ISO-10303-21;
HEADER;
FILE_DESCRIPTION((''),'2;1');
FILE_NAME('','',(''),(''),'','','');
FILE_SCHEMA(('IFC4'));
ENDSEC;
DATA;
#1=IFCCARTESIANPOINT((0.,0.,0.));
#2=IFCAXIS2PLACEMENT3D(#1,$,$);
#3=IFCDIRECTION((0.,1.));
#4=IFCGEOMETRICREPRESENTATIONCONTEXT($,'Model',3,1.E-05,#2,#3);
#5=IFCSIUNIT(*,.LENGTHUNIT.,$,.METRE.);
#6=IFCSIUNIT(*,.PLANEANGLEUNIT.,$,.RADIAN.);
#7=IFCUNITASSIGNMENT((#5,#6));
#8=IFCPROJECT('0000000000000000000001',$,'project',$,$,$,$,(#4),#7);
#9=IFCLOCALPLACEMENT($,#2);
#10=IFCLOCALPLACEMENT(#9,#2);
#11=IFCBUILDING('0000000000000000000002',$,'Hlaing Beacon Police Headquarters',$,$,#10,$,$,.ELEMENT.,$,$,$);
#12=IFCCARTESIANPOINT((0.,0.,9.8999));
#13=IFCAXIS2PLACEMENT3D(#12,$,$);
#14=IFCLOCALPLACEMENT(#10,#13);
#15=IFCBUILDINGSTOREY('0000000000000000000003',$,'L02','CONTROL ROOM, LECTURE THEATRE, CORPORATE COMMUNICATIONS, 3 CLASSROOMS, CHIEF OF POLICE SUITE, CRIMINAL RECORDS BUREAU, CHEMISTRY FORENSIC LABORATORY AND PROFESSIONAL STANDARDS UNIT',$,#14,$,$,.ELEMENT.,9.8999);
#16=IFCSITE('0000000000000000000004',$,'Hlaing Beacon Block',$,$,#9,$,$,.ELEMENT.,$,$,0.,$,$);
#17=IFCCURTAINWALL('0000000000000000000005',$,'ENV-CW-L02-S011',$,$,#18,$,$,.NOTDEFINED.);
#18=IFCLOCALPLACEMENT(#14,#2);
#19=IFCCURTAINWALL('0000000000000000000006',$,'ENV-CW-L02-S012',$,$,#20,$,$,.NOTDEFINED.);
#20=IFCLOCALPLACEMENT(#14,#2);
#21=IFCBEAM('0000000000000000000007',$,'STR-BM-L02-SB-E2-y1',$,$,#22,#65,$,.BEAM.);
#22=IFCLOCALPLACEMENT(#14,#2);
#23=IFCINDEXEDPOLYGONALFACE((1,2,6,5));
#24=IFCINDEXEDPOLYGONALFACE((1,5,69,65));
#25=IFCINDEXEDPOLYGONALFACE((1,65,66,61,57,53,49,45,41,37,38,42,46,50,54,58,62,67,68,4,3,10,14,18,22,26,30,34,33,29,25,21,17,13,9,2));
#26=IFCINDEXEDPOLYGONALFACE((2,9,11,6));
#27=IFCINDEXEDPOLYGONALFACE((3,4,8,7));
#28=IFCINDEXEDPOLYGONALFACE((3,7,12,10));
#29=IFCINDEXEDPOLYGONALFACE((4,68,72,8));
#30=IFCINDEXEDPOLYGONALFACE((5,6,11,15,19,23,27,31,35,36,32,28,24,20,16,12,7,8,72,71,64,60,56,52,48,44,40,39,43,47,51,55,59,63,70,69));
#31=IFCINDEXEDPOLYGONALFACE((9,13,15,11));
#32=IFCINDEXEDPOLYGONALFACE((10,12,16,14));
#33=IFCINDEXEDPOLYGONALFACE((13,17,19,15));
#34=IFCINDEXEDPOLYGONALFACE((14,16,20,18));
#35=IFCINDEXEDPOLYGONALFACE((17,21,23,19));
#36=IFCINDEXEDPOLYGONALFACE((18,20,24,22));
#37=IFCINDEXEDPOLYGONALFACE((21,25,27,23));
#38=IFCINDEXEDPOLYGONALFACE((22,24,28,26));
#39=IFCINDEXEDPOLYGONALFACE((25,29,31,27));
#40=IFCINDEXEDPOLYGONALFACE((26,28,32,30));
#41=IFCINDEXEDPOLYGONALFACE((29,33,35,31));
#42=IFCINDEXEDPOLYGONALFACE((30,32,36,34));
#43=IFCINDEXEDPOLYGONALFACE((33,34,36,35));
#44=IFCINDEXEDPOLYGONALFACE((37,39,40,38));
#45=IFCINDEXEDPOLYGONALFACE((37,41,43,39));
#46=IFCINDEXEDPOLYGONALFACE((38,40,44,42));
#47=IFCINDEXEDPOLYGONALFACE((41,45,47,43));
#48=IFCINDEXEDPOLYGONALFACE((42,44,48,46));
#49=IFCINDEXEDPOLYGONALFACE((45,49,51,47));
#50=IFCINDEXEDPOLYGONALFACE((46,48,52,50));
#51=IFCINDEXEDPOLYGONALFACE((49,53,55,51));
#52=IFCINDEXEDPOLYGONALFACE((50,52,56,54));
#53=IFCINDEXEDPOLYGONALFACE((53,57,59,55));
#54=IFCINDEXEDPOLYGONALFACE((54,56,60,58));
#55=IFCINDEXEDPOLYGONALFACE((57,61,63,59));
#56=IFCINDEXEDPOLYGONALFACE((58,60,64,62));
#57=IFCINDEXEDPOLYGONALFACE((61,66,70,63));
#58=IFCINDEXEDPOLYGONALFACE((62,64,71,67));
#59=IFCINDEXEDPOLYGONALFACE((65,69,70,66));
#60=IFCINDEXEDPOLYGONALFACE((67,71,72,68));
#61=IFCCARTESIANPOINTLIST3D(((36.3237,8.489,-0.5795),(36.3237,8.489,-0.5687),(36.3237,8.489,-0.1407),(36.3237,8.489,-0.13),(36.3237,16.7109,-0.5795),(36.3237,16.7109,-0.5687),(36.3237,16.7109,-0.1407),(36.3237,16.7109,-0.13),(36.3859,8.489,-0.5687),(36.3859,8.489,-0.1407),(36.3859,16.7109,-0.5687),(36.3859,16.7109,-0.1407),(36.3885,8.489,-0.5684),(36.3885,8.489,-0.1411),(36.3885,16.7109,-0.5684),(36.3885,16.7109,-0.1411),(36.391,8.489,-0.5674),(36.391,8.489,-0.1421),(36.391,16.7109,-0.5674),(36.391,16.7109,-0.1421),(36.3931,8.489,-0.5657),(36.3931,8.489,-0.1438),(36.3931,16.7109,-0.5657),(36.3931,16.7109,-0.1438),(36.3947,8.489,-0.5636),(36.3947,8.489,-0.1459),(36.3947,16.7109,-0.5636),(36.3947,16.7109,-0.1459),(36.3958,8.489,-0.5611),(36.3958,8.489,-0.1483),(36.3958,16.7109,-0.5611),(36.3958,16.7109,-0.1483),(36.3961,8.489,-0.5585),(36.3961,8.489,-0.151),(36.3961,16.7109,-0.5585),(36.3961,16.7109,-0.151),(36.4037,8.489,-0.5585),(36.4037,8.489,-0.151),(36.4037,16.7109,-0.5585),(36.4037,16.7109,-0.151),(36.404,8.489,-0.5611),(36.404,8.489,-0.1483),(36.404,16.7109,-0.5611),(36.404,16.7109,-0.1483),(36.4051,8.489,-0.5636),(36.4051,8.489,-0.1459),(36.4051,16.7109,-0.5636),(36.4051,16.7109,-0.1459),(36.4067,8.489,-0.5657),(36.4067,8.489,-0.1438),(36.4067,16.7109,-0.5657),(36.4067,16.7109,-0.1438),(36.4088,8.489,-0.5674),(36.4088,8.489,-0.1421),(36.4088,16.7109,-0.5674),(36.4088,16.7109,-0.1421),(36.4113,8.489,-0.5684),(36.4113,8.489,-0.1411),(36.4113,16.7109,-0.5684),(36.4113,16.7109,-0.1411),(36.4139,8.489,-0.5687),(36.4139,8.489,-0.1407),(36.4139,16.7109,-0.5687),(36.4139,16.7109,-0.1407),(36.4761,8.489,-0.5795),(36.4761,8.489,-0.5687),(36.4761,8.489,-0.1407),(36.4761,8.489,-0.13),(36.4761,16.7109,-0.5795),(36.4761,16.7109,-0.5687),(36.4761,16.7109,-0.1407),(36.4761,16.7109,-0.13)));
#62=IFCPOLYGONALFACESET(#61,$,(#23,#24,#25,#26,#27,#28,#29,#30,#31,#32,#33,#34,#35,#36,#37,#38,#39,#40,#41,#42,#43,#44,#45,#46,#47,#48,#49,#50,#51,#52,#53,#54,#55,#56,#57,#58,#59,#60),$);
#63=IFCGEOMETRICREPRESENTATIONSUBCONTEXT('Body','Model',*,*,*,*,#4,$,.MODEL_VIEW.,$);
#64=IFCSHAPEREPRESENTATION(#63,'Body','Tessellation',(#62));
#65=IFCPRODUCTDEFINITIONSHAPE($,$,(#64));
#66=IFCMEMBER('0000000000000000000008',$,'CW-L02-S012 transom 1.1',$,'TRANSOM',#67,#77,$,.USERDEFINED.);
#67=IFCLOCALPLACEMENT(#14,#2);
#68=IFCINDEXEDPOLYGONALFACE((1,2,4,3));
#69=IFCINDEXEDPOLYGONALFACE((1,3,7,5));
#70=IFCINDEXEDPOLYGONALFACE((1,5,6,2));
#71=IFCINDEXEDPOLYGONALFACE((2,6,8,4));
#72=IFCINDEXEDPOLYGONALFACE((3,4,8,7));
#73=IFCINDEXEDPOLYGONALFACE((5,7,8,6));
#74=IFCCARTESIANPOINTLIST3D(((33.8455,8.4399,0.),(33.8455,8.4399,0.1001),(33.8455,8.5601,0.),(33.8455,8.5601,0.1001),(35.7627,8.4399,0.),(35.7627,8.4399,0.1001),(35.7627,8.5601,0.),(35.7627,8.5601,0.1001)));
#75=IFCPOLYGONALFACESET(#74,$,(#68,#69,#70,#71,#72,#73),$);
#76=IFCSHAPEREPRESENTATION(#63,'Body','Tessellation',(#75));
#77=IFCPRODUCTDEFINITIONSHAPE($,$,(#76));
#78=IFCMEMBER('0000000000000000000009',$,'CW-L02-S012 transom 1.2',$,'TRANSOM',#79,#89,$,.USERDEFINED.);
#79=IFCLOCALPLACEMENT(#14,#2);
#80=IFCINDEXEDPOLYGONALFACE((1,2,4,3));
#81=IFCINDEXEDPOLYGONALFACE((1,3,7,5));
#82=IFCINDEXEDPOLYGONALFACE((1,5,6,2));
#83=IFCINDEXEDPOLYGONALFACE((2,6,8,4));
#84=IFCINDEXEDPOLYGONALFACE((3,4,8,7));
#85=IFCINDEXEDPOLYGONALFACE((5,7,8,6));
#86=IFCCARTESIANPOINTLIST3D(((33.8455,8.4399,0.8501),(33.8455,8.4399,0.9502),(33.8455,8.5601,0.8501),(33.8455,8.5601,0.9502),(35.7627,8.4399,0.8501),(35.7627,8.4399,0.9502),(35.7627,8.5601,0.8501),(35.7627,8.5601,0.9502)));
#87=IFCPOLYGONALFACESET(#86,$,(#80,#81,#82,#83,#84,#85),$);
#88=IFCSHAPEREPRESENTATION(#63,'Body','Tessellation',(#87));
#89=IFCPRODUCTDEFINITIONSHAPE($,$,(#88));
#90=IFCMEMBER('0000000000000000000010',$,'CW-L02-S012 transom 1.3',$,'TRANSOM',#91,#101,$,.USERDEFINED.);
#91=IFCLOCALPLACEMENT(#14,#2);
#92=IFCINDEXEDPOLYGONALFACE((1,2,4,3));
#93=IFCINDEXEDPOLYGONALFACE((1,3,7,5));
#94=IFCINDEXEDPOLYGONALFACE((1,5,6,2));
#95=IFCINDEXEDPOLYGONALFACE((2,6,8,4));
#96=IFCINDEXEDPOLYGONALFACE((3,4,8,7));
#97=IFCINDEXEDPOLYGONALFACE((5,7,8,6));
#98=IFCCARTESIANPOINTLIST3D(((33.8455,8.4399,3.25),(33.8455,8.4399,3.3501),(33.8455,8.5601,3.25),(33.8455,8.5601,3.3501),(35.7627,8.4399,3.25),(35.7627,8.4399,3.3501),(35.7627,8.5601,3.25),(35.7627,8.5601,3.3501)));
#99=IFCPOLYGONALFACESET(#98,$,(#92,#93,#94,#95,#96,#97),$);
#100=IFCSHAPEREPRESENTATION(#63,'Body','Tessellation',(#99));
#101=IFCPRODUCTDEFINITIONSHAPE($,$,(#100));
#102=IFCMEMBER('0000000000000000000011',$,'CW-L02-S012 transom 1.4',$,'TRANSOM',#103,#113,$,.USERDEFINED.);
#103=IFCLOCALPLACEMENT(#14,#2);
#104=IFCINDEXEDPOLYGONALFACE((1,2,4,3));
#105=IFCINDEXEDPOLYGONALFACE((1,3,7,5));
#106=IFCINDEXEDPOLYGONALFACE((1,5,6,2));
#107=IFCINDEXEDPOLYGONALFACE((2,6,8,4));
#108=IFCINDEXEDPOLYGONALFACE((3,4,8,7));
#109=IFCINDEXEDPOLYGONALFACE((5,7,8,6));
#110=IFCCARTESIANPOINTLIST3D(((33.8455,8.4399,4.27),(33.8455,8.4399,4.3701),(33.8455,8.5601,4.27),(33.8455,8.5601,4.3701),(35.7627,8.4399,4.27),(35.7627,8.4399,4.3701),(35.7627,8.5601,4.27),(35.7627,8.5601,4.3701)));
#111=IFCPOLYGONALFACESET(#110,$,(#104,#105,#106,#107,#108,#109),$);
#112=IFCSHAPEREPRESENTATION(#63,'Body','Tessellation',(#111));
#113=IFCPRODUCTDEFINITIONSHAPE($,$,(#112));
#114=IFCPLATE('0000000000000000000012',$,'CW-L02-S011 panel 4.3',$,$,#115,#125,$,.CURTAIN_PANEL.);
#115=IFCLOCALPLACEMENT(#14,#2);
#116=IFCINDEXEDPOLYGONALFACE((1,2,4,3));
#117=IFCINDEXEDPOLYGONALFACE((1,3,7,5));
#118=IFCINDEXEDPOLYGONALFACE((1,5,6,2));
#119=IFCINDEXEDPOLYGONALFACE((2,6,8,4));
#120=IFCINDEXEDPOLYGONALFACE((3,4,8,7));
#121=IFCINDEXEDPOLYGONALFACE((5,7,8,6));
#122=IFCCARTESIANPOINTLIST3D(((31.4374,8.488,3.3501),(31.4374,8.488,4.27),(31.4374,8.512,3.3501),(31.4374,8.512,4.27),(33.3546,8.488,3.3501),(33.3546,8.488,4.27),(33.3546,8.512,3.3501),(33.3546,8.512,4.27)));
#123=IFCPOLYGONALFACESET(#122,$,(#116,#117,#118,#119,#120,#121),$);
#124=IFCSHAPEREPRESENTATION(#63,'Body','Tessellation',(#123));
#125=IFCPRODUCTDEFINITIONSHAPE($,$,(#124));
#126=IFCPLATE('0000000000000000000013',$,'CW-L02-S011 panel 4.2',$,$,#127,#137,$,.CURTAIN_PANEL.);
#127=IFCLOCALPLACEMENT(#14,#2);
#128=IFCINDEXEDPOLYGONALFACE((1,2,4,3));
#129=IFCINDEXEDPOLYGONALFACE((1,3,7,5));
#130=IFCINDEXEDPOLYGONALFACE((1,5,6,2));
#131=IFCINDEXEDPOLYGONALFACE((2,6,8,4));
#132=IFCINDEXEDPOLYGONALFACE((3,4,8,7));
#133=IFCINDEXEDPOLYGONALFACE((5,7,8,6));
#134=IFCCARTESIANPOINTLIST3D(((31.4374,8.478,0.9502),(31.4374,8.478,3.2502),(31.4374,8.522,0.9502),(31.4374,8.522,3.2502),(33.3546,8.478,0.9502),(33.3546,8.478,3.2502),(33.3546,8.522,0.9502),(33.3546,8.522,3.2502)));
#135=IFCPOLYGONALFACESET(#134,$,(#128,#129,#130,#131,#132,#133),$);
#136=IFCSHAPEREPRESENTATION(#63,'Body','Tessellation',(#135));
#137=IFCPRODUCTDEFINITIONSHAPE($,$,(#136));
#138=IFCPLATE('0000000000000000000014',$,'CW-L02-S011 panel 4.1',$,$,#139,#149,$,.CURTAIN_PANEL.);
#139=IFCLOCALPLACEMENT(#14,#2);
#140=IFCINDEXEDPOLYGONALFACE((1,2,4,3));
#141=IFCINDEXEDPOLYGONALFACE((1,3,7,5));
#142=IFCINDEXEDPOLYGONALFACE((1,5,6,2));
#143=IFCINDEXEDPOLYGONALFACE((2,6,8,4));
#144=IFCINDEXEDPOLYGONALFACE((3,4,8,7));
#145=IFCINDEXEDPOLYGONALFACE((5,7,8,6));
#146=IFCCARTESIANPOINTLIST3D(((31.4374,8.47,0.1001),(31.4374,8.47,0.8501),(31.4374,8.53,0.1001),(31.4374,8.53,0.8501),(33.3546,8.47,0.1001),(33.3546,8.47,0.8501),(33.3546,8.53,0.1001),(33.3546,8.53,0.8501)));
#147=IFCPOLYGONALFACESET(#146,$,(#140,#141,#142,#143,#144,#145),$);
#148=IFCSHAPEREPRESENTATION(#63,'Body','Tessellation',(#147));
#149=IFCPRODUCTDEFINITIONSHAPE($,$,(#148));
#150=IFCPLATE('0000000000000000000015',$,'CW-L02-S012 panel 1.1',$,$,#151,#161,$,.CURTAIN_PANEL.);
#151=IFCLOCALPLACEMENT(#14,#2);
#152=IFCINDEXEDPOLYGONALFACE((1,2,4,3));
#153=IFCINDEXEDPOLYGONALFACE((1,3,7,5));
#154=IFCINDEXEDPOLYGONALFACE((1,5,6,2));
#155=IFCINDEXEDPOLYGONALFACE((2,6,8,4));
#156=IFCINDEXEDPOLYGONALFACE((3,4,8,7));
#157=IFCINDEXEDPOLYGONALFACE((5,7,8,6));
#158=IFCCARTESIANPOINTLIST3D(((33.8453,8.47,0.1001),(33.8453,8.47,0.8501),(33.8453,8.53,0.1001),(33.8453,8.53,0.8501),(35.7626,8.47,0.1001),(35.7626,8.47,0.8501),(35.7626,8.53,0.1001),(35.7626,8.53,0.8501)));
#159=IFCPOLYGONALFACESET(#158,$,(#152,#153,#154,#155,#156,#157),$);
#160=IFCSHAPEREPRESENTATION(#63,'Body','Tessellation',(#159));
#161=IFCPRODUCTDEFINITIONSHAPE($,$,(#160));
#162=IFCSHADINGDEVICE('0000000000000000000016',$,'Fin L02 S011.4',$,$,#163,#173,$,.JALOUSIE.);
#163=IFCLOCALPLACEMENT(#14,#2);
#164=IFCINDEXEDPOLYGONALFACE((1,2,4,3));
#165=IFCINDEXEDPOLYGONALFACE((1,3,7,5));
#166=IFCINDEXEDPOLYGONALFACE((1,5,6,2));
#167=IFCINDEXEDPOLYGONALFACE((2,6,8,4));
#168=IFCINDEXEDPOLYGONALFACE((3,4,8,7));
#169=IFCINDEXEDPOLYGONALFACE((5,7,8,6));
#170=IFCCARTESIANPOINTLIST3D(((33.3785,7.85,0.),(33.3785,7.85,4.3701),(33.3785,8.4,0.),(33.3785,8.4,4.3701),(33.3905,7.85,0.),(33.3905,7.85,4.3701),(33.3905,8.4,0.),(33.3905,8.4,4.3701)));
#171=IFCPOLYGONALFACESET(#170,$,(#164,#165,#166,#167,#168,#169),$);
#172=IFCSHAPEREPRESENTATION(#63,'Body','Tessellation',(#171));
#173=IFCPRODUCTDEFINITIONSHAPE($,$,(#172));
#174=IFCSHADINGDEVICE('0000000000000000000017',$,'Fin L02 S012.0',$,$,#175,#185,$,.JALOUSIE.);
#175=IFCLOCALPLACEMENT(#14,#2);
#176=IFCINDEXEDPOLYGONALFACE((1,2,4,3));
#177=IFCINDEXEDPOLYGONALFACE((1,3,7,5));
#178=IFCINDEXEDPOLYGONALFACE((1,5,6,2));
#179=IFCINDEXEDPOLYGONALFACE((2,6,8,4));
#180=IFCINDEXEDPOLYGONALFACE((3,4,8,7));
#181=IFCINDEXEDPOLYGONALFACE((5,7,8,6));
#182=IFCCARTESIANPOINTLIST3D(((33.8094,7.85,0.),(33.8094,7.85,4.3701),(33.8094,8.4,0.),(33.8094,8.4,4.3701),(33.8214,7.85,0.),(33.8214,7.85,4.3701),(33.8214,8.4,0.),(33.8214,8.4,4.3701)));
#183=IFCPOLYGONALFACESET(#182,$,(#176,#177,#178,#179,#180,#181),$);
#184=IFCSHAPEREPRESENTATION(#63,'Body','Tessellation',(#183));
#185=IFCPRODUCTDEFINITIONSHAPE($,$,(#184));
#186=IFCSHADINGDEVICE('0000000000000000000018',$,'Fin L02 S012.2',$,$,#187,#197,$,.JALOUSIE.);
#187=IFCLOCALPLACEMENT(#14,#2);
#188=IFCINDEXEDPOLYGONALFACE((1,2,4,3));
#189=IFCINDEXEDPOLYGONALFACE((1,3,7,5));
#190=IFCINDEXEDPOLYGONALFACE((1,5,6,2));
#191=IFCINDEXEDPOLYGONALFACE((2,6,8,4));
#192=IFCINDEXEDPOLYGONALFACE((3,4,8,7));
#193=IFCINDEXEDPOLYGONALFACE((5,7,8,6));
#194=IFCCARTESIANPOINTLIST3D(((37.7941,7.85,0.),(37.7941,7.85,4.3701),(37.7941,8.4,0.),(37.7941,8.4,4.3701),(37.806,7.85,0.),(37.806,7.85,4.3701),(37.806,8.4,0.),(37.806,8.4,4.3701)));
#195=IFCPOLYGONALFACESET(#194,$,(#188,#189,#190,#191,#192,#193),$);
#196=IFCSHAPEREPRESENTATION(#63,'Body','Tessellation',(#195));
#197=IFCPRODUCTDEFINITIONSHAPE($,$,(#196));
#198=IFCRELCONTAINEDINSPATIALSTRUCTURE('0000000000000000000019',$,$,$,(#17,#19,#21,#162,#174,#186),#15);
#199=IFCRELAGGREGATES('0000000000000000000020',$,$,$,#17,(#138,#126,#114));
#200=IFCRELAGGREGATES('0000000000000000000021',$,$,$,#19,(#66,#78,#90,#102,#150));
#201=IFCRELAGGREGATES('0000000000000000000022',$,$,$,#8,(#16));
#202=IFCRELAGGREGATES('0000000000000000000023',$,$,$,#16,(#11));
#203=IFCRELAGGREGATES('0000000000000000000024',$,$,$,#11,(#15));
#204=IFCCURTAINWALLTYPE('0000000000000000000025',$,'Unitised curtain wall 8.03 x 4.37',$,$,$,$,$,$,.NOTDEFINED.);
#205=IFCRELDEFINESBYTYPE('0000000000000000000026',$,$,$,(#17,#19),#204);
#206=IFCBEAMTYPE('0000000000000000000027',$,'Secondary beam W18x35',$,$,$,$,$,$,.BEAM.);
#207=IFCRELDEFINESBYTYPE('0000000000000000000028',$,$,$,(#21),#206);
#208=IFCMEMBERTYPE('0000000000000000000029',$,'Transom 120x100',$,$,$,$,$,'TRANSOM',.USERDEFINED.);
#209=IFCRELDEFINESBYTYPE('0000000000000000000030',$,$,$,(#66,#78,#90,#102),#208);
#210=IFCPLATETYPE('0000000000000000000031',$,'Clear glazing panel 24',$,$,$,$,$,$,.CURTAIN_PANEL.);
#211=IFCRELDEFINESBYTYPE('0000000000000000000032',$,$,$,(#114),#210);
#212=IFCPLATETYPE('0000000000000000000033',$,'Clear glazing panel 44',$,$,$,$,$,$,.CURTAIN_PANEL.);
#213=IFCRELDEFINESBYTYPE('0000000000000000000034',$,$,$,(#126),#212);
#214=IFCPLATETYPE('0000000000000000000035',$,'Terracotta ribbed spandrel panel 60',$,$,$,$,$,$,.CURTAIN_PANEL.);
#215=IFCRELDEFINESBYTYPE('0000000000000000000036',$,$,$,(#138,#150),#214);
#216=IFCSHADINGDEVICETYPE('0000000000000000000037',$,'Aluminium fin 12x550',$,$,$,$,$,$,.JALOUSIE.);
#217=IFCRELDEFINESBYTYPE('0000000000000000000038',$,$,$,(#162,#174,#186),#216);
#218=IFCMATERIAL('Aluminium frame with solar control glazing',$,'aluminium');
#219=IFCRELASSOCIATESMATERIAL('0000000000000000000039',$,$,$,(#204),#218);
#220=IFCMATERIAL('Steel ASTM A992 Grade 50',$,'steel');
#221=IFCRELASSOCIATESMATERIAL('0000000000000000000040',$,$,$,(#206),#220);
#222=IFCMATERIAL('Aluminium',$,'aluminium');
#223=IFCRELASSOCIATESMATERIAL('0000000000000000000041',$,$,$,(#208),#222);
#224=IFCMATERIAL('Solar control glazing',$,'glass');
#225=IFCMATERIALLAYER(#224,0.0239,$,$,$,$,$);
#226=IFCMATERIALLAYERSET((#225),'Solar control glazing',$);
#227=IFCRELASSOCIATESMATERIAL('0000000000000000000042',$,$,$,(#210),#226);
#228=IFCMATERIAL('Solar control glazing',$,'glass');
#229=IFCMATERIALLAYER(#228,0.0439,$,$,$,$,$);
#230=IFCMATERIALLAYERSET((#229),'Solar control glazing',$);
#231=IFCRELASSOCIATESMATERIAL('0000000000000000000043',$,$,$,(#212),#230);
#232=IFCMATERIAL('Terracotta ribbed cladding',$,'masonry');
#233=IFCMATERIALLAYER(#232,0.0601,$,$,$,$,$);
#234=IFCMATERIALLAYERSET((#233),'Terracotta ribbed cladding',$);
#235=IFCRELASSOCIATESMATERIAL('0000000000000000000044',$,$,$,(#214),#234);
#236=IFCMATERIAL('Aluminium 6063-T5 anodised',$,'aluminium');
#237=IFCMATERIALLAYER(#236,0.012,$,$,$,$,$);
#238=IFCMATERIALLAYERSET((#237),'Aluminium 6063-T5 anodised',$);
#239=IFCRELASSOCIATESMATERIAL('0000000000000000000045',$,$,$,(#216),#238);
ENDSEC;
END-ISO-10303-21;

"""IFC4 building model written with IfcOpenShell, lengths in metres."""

from ifc_helpers import new_model, si_unit, direction, frame, origin, origin_2d, place, context, subcontext, project, spatial, rectangle, i_section, extrude, material, layer, layer_set, material_profile, profile_set, type_object, element, aggregate, save


model = new_model("IFC4")

# Units and contexts
model_context = context("Model", 3, precision=1e-05, world=origin(), true_north=direction((0.0, 1.0)))
body_context = subcontext(model_context, "Body", "Model", "MODEL_VIEW")
ifc_project = project(units=[si_unit("LENGTHUNIT", "METRE"), si_unit("PLANEANGLEUNIT", "RADIAN")], contexts=[model_context])

# Site, building, storey
site_placement = place(None, origin())
site = spatial("IfcSite", under=ifc_project, at=site_placement, Name="Hlaing Beacon Block", CompositionType="ELEMENT", RefElevation=0.0)
building_placement = place(site_placement, origin())
building = spatial("IfcBuilding", under=site, at=building_placement, Name="Hlaing Beacon Police Headquarters", CompositionType="ELEMENT")
storey_placement = place(building_placement, frame((0.0, 0.0, 9.8999)))
storey = spatial("IfcBuildingStorey", under=building, at=storey_placement, Name="L02", Description="CONTROL ROOM, LECTURE THEATRE, CORPORATE COMMUNICATIONS, 3 CLASSROOMS, CHIEF OF POLICE SUITE, CRIMINAL RECORDS BUREAU, CHEMISTRY FORENSIC LABORATORY AND PROFESSIONAL STANDARDS UNIT", CompositionType="ELEMENT", Elevation=9.8999)

# Curtain walls
ifc_material_1 = material(Name="Aluminium frame with solar control glazing", Category="aluminium")
curtain_wall_type = type_object("IfcCurtainWallType", Name="Unitised curtain wall 8.03 x 4.37", PredefinedType="NOTDEFINED", material=ifc_material_1)
curtain_wall_1_placement = place(storey_placement, origin())
curtain_wall_1 = element("IfcCurtainWall", 1, at=curtain_wall_1_placement, inside=storey, type_object=curtain_wall_type, Name="ENV-CW-L02-S011", PredefinedType="NOTDEFINED")
curtain_wall_2_placement = place(storey_placement, origin())
curtain_wall_2 = element("IfcCurtainWall", 2, at=curtain_wall_2_placement, inside=storey, type_object=curtain_wall_type, Name="ENV-CW-L02-S012", PredefinedType="NOTDEFINED")

# Beam
ifc_material_2 = material(Name="Steel ASTM A992 Grade 50", Category="steel")
ifc_material_profile_1 = material_profile(ifc_material_2, i_section(OverallWidth=0.1523, OverallDepth=0.4495, WebThickness=0.0076, FlangeThickness=0.0107, FilletRadius=0.0103, at=origin_2d()), Name="W18x35")
ifc_profile_set_1 = profile_set([ifc_material_profile_1], Name="Steel ASTM A992 Grade 50")
beam_type_1 = type_object("IfcBeamType", Name="Secondary beam W18x35", PredefinedType="BEAM", material=ifc_profile_set_1)
beam_1_placement = place(storey_placement, frame((36.3999, 8.489, -0.3547), z_axis=(0.0, 1.0, 0.0), x_axis=(-1.0, 0.0, 0.0)))
element("IfcBeam", 3, at=beam_1_placement, inside=storey, type_object=beam_type_1, Name="STR-BM-L02-SB-E2-y1", PredefinedType="BEAM", context=body_context, shape_type="SweptSolid", body=[
    extrude(i_section(OverallWidth=0.1523, OverallDepth=0.4495, WebThickness=0.0076, FlangeThickness=0.0107, FilletRadius=0.0103, at=origin_2d()), origin(), (0.0, 0.0, 1.0), 8.2219),
])

# Members
ifc_material_3 = material(Name="Aluminium", Category="aluminium")
ifc_material_profile_2 = material_profile(ifc_material_3, rectangle(XDim=0.1201, YDim=0.1001, at=origin_2d()), Name="Transom 120x100")
ifc_profile_set_2 = profile_set([ifc_material_profile_2], Name="Aluminium")
member_type_1 = type_object("IfcMemberType", Name="Transom 120x100", ElementType="TRANSOM", PredefinedType="USERDEFINED", material=ifc_profile_set_2)
member_1_placement = place(storey_placement, frame((33.8455, 8.5, 0.05), z_axis=(1.0, 0.0, 0.0), x_axis=(0.0, 1.0, 0.0)))
member_1 = element("IfcMember", 4, at=member_1_placement, type_object=member_type_1, Name="CW-L02-S012 transom 1.1", ObjectType="TRANSOM", PredefinedType="USERDEFINED", context=body_context, shape_type="SweptSolid", body=[
    extrude(rectangle(XDim=0.1201, YDim=0.1001, at=origin_2d()), origin(), (0.0, 0.0, 1.0), 1.9172),
])
member_2_placement = place(storey_placement, frame((33.8455, 8.5, 0.9001), z_axis=(1.0, 0.0, 0.0), x_axis=(0.0, 1.0, 0.0)))
member_2 = element("IfcMember", 5, at=member_2_placement, type_object=member_type_1, Name="CW-L02-S012 transom 1.2", ObjectType="TRANSOM", PredefinedType="USERDEFINED", context=body_context, shape_type="SweptSolid", body=[
    extrude(rectangle(XDim=0.1201, YDim=0.1001, at=origin_2d()), origin(), (0.0, 0.0, 1.0), 1.9172),
])
member_3_placement = place(storey_placement, frame((33.8455, 8.5, 3.3), z_axis=(1.0, 0.0, 0.0), x_axis=(0.0, 1.0, 0.0)))
member_3 = element("IfcMember", 6, at=member_3_placement, type_object=member_type_1, Name="CW-L02-S012 transom 1.3", ObjectType="TRANSOM", PredefinedType="USERDEFINED", context=body_context, shape_type="SweptSolid", body=[
    extrude(rectangle(XDim=0.1201, YDim=0.1001, at=origin_2d()), origin(), (0.0, 0.0, 1.0), 1.9172),
])
member_4_placement = place(storey_placement, frame((33.8455, 8.5, 4.3201), z_axis=(1.0, 0.0, 0.0), x_axis=(0.0, 1.0, 0.0)))
member_4 = element("IfcMember", 7, at=member_4_placement, type_object=member_type_1, Name="CW-L02-S012 transom 1.4", ObjectType="TRANSOM", PredefinedType="USERDEFINED", context=body_context, shape_type="SweptSolid", body=[
    extrude(rectangle(XDim=0.1201, YDim=0.1001, at=origin_2d()), origin(), (0.0, 0.0, 1.0), 1.9172),
])

# Plates
ifc_material_4 = material(Name="Solar control glazing", Category="glass")
ifc_layer_1 = layer(ifc_material_4, 0.0239)
ifc_layer_set_1 = layer_set([ifc_layer_1], Name="Solar control glazing")
plate_type_1 = type_object("IfcPlateType", Name="Clear glazing panel 24", PredefinedType="CURTAIN_PANEL", material=ifc_layer_set_1)
plate_1_placement = place(storey_placement, frame((32.396, 8.5, 3.3501), z_axis=(0.0, 0.0, 1.0), x_axis=(1.0, 0.0, 0.0)))
plate_1 = element("IfcPlate", 8, at=plate_1_placement, type_object=plate_type_1, Name="CW-L02-S011 panel 4.3", PredefinedType="CURTAIN_PANEL", context=body_context, shape_type="SweptSolid", body=[
    extrude(rectangle(XDim=1.9172, YDim=0.0239, at=origin_2d()), origin(), (0.0, 0.0, 1.0), 0.9199),
])
ifc_material_5 = material(Name="Solar control glazing", Category="glass")
ifc_layer_2 = layer(ifc_material_5, 0.0439)
ifc_layer_set_2 = layer_set([ifc_layer_2], Name="Solar control glazing")
plate_type_2 = type_object("IfcPlateType", Name="Clear glazing panel 44", PredefinedType="CURTAIN_PANEL", material=ifc_layer_set_2)
plate_2_placement = place(storey_placement, frame((32.396, 8.5, 0.9502), z_axis=(0.0, 0.0, 1.0), x_axis=(1.0, 0.0, 0.0)))
plate_2 = element("IfcPlate", 9, at=plate_2_placement, type_object=plate_type_2, Name="CW-L02-S011 panel 4.2", PredefinedType="CURTAIN_PANEL", context=body_context, shape_type="SweptSolid", body=[
    extrude(rectangle(XDim=1.9172, YDim=0.0439, at=origin_2d()), origin(), (0.0, 0.0, 1.0), 2.3),
])
ifc_material_6 = material(Name="Terracotta ribbed cladding", Category="masonry")
ifc_layer_3 = layer(ifc_material_6, 0.0601)
ifc_layer_set_3 = layer_set([ifc_layer_3], Name="Terracotta ribbed cladding")
plate_type_3 = type_object("IfcPlateType", Name="Terracotta ribbed spandrel panel 60", PredefinedType="CURTAIN_PANEL", material=ifc_layer_set_3)
plate_3_placement = place(storey_placement, frame((32.396, 8.5, 0.1001), z_axis=(0.0, 0.0, 1.0), x_axis=(1.0, 0.0, 0.0)))
plate_3 = element("IfcPlate", 10, at=plate_3_placement, type_object=plate_type_3, Name="CW-L02-S011 panel 4.1", PredefinedType="CURTAIN_PANEL", context=body_context, shape_type="SweptSolid", body=[
    extrude(rectangle(XDim=1.9172, YDim=0.0601, at=origin_2d()), origin(), (0.0, 0.0, 1.0), 0.75),
])
aggregate(curtain_wall_1, [plate_3, plate_2, plate_1])
plate_4_placement = place(storey_placement, frame((34.804, 8.5, 0.1001), z_axis=(0.0, 0.0, 1.0), x_axis=(1.0, 0.0, 0.0)))
plate_4 = element("IfcPlate", 11, at=plate_4_placement, type_object=plate_type_3, Name="CW-L02-S012 panel 1.1", PredefinedType="CURTAIN_PANEL", context=body_context, shape_type="SweptSolid", body=[
    extrude(rectangle(XDim=1.9172, YDim=0.0601, at=origin_2d()), origin(), (0.0, 0.0, 1.0), 0.75),
])
aggregate(curtain_wall_2, [member_1, member_2, member_3, member_4, plate_4])

# Shading devices
ifc_material_7 = material(Name="Aluminium 6063-T5 anodised", Category="aluminium")
ifc_layer_4 = layer(ifc_material_7, 0.012)
ifc_layer_set_4 = layer_set([ifc_layer_4], Name="Aluminium 6063-T5 anodised")
shading_device_type = type_object("IfcShadingDeviceType", Name="Aluminium fin 12x550", PredefinedType="JALOUSIE", material=ifc_layer_set_4)
for number, where, z_axis, x_axis, name in (
    (12, (33.3845, 8.125, 0.0), (0.0, 0.0, 1.0), (1.0, 0.0, 0.0), "Fin L02 S011.4"),
    (13, (33.8154, 8.125, 0.0), (0.0, 0.0, 1.0), (1.0, 0.0, 0.0), "Fin L02 S012.0"),
    (14, (37.8, 8.125, 0.0), (0.0, 0.0, 1.0), (1.0, 0.0, 0.0), "Fin L02 S012.2"),
):
    element("IfcShadingDevice", number, at=place(storey_placement, frame(where, z_axis=z_axis, x_axis=x_axis)), inside=storey, type_object=shading_device_type, Name=name, PredefinedType="JALOUSIE", context=body_context, shape_type="SweptSolid", body=[
        extrude(rectangle(XDim=0.012, YDim=0.55, at=origin_2d()), origin(), (0.0, 0.0, 1.0), 4.3701),
    ])

save(model, "model.ifc")
